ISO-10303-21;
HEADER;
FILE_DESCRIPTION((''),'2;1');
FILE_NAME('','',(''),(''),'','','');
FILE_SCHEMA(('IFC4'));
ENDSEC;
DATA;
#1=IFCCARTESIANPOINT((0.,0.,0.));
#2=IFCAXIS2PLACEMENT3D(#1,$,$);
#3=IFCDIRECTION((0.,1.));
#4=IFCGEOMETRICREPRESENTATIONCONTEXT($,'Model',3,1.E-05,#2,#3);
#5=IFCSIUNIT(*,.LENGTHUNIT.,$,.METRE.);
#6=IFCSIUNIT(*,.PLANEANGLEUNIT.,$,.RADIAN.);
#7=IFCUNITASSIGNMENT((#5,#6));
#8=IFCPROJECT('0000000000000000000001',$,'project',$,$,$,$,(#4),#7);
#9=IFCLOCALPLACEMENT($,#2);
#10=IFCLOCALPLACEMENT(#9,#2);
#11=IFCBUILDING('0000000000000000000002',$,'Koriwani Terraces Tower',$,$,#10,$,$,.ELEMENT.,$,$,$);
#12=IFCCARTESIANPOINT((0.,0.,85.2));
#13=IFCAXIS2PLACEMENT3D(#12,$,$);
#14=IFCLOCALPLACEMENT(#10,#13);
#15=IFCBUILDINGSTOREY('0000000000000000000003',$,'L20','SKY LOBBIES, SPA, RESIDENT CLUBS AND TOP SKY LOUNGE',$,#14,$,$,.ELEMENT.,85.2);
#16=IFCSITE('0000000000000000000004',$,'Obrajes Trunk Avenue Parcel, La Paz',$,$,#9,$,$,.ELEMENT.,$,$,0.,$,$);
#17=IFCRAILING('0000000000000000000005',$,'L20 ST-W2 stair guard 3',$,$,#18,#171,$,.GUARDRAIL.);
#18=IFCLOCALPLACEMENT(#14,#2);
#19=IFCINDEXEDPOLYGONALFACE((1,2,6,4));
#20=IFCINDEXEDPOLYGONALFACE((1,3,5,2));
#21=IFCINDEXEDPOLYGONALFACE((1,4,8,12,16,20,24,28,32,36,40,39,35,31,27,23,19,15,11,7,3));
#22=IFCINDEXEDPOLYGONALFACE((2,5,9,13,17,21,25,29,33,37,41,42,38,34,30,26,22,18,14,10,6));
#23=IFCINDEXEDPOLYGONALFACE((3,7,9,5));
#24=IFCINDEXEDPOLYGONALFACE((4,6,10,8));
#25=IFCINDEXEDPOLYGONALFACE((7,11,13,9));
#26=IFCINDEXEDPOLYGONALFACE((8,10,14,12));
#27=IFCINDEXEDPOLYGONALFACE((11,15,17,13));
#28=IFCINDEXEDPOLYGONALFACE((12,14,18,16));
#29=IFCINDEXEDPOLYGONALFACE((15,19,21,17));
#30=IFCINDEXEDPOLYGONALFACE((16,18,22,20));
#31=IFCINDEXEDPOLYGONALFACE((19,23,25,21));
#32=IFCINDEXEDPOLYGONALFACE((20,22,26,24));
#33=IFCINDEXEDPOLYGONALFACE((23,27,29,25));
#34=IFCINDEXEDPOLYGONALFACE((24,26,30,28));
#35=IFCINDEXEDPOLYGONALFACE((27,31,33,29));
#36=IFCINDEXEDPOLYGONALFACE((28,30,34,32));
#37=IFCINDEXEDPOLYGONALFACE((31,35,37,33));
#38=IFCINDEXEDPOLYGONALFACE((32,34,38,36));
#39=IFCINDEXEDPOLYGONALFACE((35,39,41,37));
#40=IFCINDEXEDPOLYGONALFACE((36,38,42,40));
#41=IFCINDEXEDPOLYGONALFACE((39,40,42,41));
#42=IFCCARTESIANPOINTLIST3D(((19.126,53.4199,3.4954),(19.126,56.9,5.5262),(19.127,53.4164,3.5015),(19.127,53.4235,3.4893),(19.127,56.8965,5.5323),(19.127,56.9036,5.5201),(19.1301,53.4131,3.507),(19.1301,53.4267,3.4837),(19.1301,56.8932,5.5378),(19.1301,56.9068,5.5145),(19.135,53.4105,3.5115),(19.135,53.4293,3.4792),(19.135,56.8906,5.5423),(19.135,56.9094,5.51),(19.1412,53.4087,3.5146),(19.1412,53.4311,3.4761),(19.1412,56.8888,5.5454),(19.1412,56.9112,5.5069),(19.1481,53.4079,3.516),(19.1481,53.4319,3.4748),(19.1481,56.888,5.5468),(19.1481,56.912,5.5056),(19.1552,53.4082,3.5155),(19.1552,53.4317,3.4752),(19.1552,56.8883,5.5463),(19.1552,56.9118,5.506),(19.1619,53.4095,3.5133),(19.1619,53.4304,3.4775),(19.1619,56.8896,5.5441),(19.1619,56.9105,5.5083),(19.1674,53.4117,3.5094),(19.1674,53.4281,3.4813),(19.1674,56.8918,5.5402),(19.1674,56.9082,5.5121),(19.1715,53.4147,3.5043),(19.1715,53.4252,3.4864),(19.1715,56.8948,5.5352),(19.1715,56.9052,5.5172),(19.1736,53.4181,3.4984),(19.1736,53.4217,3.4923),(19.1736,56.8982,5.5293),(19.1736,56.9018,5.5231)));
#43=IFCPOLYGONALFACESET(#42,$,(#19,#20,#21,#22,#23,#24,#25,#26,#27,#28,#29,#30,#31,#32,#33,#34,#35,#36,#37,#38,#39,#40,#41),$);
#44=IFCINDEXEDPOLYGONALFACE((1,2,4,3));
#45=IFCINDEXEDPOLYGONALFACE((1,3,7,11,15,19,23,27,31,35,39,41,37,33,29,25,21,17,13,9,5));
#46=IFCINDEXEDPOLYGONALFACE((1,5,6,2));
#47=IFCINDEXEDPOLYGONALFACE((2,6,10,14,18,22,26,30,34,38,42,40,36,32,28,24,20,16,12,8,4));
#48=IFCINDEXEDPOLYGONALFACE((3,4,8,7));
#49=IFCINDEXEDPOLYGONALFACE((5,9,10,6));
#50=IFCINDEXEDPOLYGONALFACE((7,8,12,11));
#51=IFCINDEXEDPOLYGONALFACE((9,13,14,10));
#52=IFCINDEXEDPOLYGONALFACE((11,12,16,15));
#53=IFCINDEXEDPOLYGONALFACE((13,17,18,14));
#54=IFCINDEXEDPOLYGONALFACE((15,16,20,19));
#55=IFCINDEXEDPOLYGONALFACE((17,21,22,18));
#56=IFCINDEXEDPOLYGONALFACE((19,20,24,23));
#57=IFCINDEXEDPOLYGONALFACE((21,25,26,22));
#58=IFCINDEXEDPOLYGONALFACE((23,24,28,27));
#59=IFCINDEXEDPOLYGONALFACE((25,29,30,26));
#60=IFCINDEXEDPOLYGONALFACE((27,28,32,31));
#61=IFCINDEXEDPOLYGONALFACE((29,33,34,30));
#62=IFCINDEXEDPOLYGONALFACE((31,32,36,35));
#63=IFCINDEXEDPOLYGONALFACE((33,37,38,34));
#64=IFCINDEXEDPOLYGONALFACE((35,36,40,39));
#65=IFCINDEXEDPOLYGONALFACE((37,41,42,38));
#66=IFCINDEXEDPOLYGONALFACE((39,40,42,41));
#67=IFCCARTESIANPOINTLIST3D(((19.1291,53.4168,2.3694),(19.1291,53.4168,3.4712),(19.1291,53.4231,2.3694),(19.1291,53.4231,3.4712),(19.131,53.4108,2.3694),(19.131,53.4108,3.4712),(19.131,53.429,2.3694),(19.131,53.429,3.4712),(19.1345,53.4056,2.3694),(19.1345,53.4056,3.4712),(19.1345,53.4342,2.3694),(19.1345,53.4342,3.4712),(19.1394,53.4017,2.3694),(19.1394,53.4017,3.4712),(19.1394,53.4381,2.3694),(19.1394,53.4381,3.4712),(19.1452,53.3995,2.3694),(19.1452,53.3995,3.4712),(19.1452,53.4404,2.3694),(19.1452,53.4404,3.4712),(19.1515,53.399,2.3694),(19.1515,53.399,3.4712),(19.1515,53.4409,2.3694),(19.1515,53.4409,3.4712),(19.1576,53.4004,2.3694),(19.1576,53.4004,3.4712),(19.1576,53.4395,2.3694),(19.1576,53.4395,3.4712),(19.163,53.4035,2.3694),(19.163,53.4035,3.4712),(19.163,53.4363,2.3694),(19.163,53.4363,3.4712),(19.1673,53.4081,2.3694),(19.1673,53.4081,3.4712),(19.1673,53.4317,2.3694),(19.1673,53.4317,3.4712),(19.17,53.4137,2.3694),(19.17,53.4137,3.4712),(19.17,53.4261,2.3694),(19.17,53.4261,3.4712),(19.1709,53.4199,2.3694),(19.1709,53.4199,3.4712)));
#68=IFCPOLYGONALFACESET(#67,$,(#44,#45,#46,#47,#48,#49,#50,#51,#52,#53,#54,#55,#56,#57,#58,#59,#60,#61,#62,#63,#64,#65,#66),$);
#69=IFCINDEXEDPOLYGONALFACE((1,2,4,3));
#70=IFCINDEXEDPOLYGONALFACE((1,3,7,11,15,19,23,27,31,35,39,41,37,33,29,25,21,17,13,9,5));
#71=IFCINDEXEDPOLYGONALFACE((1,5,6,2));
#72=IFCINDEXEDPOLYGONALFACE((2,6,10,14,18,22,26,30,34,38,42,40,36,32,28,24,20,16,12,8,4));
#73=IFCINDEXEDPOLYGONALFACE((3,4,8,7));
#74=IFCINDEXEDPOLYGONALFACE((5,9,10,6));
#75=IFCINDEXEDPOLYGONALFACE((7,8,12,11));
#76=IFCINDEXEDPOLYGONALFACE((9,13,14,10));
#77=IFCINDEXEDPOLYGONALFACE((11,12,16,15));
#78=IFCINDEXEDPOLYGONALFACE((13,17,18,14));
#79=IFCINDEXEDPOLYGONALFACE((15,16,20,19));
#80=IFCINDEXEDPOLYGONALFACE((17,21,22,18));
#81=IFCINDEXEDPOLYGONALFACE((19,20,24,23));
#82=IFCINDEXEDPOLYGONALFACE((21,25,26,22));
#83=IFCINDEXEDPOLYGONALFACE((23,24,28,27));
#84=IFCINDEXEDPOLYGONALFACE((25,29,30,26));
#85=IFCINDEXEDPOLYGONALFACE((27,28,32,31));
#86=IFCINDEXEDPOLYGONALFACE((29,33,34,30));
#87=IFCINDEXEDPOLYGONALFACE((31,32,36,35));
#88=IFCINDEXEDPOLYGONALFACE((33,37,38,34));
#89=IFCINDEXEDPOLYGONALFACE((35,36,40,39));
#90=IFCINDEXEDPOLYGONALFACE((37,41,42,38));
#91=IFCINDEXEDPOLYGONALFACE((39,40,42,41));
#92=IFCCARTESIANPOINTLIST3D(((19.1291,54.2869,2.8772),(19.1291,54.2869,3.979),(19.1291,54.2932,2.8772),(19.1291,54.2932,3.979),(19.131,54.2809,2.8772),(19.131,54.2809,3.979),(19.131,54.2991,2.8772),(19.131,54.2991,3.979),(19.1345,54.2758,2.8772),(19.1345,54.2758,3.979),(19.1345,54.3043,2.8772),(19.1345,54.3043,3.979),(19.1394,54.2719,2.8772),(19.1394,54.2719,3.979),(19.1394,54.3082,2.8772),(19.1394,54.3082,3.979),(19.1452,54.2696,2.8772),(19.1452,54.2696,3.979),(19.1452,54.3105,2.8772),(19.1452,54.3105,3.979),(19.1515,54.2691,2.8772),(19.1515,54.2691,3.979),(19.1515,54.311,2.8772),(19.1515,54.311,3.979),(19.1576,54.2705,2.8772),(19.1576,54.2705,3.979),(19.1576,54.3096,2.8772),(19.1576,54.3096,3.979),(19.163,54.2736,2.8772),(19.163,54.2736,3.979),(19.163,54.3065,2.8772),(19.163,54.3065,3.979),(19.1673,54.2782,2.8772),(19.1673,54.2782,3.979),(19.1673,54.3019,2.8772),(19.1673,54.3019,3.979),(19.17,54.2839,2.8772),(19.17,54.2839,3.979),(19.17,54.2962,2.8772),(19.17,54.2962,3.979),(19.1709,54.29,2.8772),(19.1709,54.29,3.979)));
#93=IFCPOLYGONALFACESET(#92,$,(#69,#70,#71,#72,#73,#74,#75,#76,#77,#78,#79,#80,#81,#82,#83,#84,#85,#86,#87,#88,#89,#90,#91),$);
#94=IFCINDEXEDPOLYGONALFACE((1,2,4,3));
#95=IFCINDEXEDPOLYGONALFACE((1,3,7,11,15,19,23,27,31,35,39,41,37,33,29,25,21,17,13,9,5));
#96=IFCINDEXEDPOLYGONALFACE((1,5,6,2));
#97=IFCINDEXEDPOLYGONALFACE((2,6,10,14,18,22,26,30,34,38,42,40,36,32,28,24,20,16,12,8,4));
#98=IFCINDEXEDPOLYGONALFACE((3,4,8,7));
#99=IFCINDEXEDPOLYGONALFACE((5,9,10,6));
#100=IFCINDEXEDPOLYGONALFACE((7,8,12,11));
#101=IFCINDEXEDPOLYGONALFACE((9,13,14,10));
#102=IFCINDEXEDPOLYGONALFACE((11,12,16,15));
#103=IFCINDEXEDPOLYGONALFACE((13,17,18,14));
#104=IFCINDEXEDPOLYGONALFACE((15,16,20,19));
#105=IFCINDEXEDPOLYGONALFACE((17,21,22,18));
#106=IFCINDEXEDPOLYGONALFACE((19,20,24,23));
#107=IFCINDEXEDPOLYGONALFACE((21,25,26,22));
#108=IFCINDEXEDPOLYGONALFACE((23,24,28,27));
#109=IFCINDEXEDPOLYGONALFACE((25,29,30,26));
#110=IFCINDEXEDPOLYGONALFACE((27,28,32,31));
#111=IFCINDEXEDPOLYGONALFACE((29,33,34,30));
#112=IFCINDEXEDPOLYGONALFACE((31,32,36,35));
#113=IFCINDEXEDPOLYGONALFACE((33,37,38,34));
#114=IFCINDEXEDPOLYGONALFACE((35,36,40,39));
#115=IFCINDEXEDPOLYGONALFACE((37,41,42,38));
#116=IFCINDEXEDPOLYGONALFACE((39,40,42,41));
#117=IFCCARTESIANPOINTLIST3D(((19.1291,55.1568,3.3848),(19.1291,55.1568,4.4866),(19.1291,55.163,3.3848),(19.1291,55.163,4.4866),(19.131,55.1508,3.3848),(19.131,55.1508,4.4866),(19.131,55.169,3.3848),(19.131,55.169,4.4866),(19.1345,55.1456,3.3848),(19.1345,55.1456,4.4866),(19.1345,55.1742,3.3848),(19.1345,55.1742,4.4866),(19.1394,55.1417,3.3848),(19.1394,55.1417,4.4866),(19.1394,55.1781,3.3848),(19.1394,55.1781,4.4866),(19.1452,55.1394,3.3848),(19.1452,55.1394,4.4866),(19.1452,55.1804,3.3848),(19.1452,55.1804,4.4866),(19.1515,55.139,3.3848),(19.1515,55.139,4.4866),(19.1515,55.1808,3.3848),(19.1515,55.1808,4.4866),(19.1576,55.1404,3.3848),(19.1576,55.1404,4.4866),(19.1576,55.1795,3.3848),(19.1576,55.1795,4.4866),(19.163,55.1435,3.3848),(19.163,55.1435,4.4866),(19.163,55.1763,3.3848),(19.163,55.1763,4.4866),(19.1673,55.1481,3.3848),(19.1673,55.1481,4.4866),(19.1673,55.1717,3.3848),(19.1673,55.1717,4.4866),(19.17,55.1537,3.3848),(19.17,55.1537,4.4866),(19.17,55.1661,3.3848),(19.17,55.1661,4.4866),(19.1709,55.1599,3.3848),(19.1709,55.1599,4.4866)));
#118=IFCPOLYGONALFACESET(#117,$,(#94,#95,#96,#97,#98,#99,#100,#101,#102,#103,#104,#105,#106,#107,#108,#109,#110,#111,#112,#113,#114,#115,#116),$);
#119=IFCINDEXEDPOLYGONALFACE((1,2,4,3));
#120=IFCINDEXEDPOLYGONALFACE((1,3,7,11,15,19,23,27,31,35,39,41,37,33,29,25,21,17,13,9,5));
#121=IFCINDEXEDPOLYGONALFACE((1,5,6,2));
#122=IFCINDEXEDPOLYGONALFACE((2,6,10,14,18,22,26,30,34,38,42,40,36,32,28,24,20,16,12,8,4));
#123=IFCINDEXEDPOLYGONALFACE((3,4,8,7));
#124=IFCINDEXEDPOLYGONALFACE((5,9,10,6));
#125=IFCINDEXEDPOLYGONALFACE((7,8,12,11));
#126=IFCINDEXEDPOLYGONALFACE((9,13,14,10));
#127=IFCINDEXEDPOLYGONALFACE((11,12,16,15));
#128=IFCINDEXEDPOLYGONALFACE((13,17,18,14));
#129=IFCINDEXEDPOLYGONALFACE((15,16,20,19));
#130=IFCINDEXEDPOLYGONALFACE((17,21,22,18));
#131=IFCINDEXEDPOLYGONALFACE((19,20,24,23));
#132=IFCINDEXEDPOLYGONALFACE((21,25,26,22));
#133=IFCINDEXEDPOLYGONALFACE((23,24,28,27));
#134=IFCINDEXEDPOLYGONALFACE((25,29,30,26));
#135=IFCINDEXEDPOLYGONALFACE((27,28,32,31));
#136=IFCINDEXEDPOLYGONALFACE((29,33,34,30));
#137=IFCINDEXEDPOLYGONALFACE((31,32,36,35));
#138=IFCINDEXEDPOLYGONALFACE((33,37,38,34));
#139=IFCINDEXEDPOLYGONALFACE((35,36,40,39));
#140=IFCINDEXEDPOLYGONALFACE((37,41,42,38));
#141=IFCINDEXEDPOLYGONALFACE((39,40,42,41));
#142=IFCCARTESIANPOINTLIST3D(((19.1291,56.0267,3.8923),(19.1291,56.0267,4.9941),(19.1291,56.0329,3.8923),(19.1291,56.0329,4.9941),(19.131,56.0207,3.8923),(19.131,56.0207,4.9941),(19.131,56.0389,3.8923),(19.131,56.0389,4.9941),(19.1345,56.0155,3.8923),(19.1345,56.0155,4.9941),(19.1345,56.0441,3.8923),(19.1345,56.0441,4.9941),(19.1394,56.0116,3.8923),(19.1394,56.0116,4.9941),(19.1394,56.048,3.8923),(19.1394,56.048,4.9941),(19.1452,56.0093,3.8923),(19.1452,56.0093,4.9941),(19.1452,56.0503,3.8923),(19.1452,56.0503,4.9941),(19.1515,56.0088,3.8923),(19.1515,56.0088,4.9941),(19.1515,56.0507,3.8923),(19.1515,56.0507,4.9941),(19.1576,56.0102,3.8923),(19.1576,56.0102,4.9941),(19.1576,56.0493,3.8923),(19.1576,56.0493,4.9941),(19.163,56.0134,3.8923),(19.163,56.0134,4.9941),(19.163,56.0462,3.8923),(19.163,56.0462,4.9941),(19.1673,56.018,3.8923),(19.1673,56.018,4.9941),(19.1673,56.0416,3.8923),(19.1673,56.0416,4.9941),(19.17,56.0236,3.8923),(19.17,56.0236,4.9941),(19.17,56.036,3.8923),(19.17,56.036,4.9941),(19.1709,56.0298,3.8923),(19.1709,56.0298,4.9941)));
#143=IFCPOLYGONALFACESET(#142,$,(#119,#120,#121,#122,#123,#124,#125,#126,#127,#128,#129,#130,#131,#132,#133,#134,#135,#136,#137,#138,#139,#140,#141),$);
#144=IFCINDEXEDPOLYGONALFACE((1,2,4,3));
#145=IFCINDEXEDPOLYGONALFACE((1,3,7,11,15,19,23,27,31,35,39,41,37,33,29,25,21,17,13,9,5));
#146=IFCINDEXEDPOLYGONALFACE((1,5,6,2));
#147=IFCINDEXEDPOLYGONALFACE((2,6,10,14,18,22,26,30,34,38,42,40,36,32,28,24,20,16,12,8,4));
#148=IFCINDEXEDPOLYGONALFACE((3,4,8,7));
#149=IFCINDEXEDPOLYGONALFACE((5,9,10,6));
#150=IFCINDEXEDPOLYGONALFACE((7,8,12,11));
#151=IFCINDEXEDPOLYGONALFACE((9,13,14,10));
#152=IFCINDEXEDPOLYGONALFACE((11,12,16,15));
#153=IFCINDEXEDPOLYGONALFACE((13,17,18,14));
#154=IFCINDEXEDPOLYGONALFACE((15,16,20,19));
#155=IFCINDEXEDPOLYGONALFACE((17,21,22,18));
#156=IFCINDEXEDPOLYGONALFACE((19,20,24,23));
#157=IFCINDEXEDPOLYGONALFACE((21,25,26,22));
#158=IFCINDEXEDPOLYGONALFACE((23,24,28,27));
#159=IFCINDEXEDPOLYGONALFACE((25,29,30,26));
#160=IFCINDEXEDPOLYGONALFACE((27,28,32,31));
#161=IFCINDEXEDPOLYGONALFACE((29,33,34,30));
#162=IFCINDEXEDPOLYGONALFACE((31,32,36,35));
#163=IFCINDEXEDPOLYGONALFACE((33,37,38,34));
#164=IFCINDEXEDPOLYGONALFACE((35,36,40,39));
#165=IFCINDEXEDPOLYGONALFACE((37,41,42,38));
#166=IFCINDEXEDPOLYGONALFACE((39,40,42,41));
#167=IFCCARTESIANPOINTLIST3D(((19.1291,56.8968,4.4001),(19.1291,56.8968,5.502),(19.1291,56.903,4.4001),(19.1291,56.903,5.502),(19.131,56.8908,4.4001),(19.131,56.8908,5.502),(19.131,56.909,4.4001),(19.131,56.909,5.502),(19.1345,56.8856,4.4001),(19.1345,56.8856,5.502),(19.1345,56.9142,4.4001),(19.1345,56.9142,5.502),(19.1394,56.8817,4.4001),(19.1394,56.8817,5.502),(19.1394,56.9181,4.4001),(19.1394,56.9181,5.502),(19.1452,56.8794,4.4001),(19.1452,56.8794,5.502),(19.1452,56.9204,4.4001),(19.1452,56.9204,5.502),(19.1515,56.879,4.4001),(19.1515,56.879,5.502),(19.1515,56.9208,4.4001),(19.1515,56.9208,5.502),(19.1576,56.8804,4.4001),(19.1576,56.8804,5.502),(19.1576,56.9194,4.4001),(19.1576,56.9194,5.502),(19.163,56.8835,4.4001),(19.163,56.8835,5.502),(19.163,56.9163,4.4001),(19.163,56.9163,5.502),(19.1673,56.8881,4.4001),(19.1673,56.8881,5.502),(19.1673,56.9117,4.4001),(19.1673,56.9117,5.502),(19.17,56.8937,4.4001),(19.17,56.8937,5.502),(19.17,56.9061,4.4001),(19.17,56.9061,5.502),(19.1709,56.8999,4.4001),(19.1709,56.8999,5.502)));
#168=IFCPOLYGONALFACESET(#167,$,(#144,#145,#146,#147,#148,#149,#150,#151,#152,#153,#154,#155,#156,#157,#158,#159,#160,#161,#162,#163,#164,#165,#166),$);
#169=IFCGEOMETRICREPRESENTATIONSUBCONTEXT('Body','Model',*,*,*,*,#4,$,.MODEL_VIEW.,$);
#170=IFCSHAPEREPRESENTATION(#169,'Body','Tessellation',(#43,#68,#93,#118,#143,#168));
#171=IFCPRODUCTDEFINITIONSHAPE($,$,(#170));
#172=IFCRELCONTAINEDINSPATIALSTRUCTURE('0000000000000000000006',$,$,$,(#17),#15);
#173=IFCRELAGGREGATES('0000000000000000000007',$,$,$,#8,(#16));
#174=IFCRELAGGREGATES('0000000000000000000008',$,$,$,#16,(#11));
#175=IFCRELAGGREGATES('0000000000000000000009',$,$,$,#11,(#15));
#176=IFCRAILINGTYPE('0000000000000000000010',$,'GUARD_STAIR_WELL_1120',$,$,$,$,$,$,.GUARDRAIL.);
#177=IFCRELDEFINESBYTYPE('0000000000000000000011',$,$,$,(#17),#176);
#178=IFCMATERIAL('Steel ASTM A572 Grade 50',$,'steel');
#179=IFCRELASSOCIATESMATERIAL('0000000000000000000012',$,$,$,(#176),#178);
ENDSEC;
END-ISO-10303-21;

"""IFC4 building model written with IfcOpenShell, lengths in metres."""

from ifc_helpers import new_model, si_unit, direction, frame, origin, origin_2d, place, context, subcontext, project, spatial, circle, extrude, material, type_object, element, save


model = new_model("IFC4")

# Units and contexts
model_context = context("Model", 3, precision=1e-05, world=origin(), true_north=direction((0.0, 1.0)))
body_context = subcontext(model_context, "Body", "Model", "MODEL_VIEW")
ifc_project = project(units=[si_unit("LENGTHUNIT", "METRE"), si_unit("PLANEANGLEUNIT", "RADIAN")], contexts=[model_context])

# Site, building, storey
site_placement = place(None, origin())
site = spatial("IfcSite", under=ifc_project, at=site_placement, Name="Obrajes Trunk Avenue Parcel, La Paz", CompositionType="ELEMENT", RefElevation=0.0)
building_placement = place(site_placement, origin())
building = spatial("IfcBuilding", under=site, at=building_placement, Name="Koriwani Terraces Tower", CompositionType="ELEMENT")
storey_placement = place(building_placement, frame((0.0, 0.0, 85.2)))
storey = spatial("IfcBuildingStorey", under=building, at=storey_placement, Name="L20", Description="SKY LOBBIES, SPA, RESIDENT CLUBS AND TOP SKY LOUNGE", CompositionType="ELEMENT", Elevation=85.2)

# Shared definitions
ifc_material_1 = material(Name="Steel ASTM A572 Grade 50", Category="steel")

# Railing
railing_type_1 = type_object("IfcRailingType", Name="GUARD_STAIR_WELL_1120", PredefinedType="GUARDRAIL", material=ifc_material_1)
railing_1_placement = place(storey_placement, frame((19.1499, 53.4199, 2.3694)))
element("IfcRailing", 1, at=railing_1_placement, inside=storey, type_object=railing_type_1, Name="L20 ST-W2 stair guard 3", PredefinedType="GUARDRAIL", context=body_context, shape_type="SweptSolid", body=[
    extrude(circle(Radius=0.0239, at=origin_2d()), frame((0.0, 0.0, 1.126), z_axis=(0.0, 0.863695, 0.504014), x_axis=(-1.0, 0.0, 0.0)), (0.0, 0.0, 1.0), 4.0293),
    extrude(circle(Radius=0.021, at=origin_2d()), origin(), (0.0, 0.0, 1.0), 1.1018),
    extrude(circle(Radius=0.021, at=origin_2d()), frame((0.0, 0.8701, 0.5078)), (0.0, 0.0, 1.0), 1.1018),
    extrude(circle(Radius=0.021, at=origin_2d()), frame((0.0, 1.74, 1.0154)), (0.0, 0.0, 1.0), 1.1018),
    extrude(circle(Radius=0.021, at=origin_2d()), frame((0.0, 2.6099, 1.5229)), (0.0, 0.0, 1.0), 1.1018),
    extrude(circle(Radius=0.021, at=origin_2d()), frame((0.0, 3.48, 2.0308)), (0.0, 0.0, 1.0), 1.1018),
])

save(model, "model.ifc")
